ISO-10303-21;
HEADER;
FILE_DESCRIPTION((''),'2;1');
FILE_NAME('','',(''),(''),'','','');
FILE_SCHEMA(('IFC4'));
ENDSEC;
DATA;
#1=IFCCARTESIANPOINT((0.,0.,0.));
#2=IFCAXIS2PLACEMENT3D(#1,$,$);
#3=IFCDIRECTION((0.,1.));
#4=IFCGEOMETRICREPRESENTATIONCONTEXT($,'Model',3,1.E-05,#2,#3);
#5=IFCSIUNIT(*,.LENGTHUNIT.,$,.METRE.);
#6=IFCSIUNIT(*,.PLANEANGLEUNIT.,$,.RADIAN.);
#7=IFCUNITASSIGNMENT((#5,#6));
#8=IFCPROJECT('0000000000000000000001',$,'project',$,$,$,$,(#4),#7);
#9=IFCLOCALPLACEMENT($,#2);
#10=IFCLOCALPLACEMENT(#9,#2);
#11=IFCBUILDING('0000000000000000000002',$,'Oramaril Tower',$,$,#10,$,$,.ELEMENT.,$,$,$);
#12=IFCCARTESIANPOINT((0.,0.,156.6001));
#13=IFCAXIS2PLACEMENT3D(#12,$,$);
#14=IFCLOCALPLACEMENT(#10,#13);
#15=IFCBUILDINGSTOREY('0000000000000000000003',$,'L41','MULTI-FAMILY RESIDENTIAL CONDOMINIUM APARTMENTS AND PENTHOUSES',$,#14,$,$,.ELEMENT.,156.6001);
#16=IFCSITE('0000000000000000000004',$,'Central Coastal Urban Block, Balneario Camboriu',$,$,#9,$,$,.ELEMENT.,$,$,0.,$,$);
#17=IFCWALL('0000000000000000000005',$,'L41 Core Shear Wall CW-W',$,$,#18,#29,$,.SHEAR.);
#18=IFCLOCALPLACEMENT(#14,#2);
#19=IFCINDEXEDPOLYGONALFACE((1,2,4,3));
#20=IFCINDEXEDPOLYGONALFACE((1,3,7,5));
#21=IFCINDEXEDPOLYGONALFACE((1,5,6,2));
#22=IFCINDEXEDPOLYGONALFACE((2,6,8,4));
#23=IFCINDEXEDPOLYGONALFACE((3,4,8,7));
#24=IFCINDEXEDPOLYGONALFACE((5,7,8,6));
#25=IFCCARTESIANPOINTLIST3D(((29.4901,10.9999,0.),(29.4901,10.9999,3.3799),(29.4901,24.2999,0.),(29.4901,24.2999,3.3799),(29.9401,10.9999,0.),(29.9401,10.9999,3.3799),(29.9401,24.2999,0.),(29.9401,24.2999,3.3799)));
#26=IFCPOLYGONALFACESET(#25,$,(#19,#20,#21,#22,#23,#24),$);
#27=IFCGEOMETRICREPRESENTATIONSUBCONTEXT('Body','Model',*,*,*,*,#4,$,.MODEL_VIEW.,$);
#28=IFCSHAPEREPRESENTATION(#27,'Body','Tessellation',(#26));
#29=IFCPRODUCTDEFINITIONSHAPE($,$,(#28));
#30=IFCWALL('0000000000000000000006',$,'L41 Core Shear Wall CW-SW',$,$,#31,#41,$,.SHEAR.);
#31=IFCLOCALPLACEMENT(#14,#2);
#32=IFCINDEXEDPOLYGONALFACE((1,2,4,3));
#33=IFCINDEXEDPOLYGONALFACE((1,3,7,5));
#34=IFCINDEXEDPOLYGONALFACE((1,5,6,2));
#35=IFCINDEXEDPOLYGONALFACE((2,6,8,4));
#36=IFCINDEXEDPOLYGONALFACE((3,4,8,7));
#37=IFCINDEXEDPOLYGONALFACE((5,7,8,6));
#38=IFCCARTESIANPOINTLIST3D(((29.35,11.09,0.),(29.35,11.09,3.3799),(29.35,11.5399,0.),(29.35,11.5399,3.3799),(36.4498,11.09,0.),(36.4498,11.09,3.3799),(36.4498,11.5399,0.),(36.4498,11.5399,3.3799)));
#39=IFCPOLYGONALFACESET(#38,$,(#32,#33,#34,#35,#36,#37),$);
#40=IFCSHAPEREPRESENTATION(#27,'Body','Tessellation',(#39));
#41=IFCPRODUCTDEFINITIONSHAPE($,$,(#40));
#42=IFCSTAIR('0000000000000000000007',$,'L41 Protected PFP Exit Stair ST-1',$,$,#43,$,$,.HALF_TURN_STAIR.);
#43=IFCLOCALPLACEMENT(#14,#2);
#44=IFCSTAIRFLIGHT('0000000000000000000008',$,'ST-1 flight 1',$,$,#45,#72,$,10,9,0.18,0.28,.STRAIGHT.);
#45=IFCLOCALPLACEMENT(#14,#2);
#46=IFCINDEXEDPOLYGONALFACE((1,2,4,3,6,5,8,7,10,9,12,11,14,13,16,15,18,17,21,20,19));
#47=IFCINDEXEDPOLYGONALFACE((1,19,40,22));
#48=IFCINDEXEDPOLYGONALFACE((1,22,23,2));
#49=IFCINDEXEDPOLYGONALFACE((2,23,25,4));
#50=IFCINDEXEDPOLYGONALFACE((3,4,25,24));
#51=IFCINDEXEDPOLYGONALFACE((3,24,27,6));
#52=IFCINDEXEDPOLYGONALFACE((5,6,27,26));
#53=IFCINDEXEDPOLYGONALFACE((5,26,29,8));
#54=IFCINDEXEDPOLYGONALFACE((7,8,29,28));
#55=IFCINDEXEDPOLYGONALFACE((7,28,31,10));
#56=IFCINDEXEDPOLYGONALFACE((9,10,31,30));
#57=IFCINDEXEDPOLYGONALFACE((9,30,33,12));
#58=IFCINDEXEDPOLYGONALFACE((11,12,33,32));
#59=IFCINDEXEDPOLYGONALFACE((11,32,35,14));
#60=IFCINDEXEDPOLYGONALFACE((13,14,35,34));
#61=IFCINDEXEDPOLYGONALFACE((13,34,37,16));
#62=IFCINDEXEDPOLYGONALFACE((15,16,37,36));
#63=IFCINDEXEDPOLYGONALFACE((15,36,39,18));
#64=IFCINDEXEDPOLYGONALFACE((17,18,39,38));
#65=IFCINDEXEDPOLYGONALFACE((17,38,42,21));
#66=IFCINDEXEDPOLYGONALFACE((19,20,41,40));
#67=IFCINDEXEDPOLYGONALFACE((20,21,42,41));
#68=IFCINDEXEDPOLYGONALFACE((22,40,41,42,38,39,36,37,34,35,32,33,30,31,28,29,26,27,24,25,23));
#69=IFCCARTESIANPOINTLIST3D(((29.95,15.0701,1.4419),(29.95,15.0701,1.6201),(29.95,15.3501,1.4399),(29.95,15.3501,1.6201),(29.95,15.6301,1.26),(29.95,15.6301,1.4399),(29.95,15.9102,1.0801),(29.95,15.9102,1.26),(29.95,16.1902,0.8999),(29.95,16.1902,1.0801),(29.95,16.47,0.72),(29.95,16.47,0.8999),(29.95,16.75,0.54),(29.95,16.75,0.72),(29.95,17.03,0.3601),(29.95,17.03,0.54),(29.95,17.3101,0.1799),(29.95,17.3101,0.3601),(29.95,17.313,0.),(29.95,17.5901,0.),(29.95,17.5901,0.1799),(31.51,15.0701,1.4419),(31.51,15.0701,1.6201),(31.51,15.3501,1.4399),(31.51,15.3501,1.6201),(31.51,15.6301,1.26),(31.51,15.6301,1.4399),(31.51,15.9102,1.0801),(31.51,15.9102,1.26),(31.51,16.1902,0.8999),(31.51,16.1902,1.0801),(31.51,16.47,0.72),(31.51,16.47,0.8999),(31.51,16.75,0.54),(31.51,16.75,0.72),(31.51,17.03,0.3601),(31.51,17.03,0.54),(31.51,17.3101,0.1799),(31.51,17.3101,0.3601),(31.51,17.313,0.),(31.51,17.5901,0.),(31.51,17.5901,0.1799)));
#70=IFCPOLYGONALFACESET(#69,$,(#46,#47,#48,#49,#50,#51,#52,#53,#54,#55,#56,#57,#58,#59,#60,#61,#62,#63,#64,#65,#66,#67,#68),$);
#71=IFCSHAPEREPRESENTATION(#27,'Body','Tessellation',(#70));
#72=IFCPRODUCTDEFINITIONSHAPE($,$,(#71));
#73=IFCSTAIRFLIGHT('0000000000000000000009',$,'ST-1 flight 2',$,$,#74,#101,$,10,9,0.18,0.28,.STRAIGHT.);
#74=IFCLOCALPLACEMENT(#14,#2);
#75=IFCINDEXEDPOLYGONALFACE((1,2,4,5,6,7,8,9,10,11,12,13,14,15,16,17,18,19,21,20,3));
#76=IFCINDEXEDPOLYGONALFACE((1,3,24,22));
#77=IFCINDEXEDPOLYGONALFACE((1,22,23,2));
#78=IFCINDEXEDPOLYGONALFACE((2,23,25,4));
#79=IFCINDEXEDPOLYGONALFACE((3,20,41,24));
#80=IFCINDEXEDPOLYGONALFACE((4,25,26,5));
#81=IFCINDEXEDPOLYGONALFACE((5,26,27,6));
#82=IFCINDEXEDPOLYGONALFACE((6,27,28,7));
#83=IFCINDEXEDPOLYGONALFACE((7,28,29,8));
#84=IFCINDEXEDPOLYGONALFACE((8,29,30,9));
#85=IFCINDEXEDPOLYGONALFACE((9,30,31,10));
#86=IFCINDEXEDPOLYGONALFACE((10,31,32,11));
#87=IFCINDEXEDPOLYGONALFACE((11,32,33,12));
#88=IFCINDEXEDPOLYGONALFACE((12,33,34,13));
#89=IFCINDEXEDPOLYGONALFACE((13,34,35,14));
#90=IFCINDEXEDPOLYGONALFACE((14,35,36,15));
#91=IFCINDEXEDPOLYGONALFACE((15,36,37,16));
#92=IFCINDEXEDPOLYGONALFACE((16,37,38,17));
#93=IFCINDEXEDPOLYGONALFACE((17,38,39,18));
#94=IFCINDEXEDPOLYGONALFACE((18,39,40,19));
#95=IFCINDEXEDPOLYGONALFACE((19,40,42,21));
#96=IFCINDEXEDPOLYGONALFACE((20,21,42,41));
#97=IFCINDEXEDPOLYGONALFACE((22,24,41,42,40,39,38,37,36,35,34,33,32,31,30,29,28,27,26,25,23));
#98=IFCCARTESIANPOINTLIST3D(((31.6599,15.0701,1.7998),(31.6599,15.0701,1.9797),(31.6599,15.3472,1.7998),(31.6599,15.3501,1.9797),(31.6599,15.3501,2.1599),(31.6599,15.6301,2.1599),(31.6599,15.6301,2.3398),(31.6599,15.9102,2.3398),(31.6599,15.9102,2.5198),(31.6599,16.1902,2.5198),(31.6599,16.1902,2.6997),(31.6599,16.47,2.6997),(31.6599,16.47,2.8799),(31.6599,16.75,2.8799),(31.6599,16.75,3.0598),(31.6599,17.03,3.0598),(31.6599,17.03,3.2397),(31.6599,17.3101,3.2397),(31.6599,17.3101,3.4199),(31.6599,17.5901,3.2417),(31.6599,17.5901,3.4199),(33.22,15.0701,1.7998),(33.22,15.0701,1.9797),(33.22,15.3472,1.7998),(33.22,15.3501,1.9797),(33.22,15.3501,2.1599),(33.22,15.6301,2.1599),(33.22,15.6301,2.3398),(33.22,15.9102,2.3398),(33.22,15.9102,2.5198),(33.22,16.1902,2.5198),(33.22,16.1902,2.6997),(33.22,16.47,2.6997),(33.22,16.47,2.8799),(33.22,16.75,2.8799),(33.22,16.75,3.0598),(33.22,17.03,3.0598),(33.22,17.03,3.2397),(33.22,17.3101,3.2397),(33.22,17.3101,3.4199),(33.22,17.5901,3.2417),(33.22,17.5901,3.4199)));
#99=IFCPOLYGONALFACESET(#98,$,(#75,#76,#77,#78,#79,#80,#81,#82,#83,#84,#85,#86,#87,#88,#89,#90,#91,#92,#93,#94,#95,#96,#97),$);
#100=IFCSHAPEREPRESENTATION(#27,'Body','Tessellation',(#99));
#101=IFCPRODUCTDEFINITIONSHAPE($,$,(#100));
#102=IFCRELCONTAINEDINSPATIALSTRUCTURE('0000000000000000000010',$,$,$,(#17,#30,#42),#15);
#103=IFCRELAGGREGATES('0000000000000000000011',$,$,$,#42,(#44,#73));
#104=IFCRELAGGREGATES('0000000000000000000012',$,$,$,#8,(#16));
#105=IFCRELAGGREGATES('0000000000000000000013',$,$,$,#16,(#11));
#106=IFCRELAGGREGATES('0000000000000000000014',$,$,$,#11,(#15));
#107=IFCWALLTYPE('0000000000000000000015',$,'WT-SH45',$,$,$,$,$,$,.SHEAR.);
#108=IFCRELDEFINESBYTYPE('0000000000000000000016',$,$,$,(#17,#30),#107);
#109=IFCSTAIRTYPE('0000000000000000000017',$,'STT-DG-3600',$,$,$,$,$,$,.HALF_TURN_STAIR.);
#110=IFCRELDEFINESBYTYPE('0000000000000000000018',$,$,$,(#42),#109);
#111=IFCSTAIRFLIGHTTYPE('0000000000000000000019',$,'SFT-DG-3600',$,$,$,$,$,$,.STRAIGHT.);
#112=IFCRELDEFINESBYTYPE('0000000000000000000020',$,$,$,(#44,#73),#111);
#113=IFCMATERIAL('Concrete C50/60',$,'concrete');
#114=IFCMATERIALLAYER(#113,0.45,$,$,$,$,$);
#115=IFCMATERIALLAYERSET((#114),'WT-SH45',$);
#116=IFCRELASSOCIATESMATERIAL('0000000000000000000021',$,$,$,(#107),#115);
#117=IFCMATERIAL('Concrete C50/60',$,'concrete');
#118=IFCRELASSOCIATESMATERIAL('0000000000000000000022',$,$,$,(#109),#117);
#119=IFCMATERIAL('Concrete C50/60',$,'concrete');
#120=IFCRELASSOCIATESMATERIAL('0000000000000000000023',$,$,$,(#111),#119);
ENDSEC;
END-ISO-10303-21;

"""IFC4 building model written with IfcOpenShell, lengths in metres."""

from ifc_helpers import new_model, si_unit, direction, frame, frame_2d, origin, place, context, subcontext, project, spatial, polyline, rectangle, outline, extrude, material, layer, layer_set, type_object, element, aggregate, save


model = new_model("IFC4")

# Units and contexts
model_context = context("Model", 3, precision=1e-05, world=origin(), true_north=direction((0.0, 1.0)))
body_context = subcontext(model_context, "Body", "Model", "MODEL_VIEW")
ifc_project = project(units=[si_unit("LENGTHUNIT", "METRE"), si_unit("PLANEANGLEUNIT", "RADIAN")], contexts=[model_context])

# Site, building, storey
site_placement = place(None, origin())
site = spatial("IfcSite", under=ifc_project, at=site_placement, Name="Central Coastal Urban Block, Balneario Camboriu", CompositionType="ELEMENT", RefElevation=0.0)
building_placement = place(site_placement, origin())
building = spatial("IfcBuilding", under=site, at=building_placement, Name="Oramaril Tower", CompositionType="ELEMENT")
storey_placement = place(building_placement, frame((0.0, 0.0, 156.6001)))
storey = spatial("IfcBuildingStorey", under=building, at=storey_placement, Name="L41", Description="MULTI-FAMILY RESIDENTIAL CONDOMINIUM APARTMENTS AND PENTHOUSES", CompositionType="ELEMENT", Elevation=156.6001)

# Walls
ifc_material_1 = material(Name="Concrete C50/60", Category="concrete")
ifc_layer_1 = layer(ifc_material_1, 0.45)
ifc_layer_set_1 = layer_set([ifc_layer_1], Name="WT-SH45")
wall_type_1 = type_object("IfcWallType", Name="WT-SH45", PredefinedType="SHEAR", material=ifc_layer_set_1)
wall_1_placement = place(storey_placement, frame((29.7151, 11.0, 0.0), z_axis=(0.0, 0.0, 1.0), x_axis=(0.0, 1.0, 0.0)))
element("IfcWall", 1, at=wall_1_placement, inside=storey, type_object=wall_type_1, Name="L41 Core Shear Wall CW-W", PredefinedType="SHEAR", context=body_context, shape_type="SweptSolid", body=[
    extrude(rectangle(XDim=13.3, YDim=0.45, at=frame_2d((6.6499, 0.0))), origin(), (0.0, 0.0, 1.0), 3.3799),
])
wall_2_placement = place(storey_placement, frame((29.3501, 11.3149, 0.0), z_axis=(0.0, 0.0, 1.0), x_axis=(1.0, 0.0, 0.0)))
element("IfcWall", 2, at=wall_2_placement, inside=storey, type_object=wall_type_1, Name="L41 Core Shear Wall CW-SW", PredefinedType="SHEAR", context=body_context, shape_type="SweptSolid", body=[
    extrude(rectangle(XDim=7.0999, YDim=0.45, at=frame_2d((3.5498, 0.0))), origin(), (0.0, 0.0, 1.0), 3.3799),
])

# Stair, stair flights
ifc_material_2 = material(Name="Concrete C50/60", Category="concrete")
stair_type = type_object("IfcStairType", Name="STT-DG-3600", PredefinedType="HALF_TURN_STAIR", material=ifc_material_2)
stair_placement = place(storey_placement, origin())
stair = element("IfcStair", 3, at=stair_placement, inside=storey, type_object=stair_type, Name="L41 Protected PFP Exit Stair ST-1", PredefinedType="HALF_TURN_STAIR")
ifc_material_3 = material(Name="Concrete C50/60", Category="concrete")
stair_flight_type = type_object("IfcStairFlightType", Name="SFT-DG-3600", PredefinedType="STRAIGHT", material=ifc_material_3)
stair_flight_1_placement = place(storey_placement, frame((30.73, 17.5901, 0.0), z_axis=(0.0, 0.0, 1.0), x_axis=(0.0, -1.0, 0.0)))
stair_flight_1 = element("IfcStairFlight", 4, at=stair_flight_1_placement, type_object=stair_flight_type, Name="ST-1 flight 1", NumberOfRisers=10, NumberOfTreads=9, PredefinedType="STRAIGHT", RiserHeight=0.18, TreadLength=0.28, context=body_context, shape_type="SweptSolid", body=[
    extrude(outline(polyline([(0.0, 0.0), (0.0, 0.1799), (0.28, 0.1799), (0.28, 0.3601), (0.5601, 0.3601), (0.5601, 0.54), (0.8401, 0.54), (0.8401, 0.72), (1.1201, 0.72), (1.1201, 0.8999), (1.3999, 0.8999), (1.3999, 1.0801), (1.6799, 1.0801), (1.6799, 1.26), (1.96, 1.26), (1.96, 1.4399), (2.24, 1.4399), (2.24, 1.6201), (2.52, 1.6201), (2.52, 1.8), (2.52, 1.4419), (0.2771, 0.0), (0.0, 0.0)])), frame((0.0, 0.78, 0.0), z_axis=(0.0, -1.0, 0.0), x_axis=(1.0, 0.0, 0.0)), (0.0, 0.0, 1.0), 1.5601),
])
stair_flight_2_placement = place(storey_placement, frame((32.4399, 15.0701, 1.7998), z_axis=(0.0, 0.0, 1.0), x_axis=(0.0, 1.0, 0.0)))
stair_flight_2 = element("IfcStairFlight", 5, at=stair_flight_2_placement, type_object=stair_flight_type, Name="ST-1 flight 2", NumberOfRisers=10, NumberOfTreads=9, PredefinedType="STRAIGHT", RiserHeight=0.18, TreadLength=0.28, context=body_context, shape_type="SweptSolid", body=[
    extrude(outline(polyline([(0.0, 0.0), (0.0, 0.1799), (0.28, 0.1799), (0.28, 0.3601), (0.5601, 0.3601), (0.5601, 0.54), (0.8401, 0.54), (0.8401, 0.72), (1.1201, 0.72), (1.1201, 0.8999), (1.3999, 0.8999), (1.3999, 1.0801), (1.6799, 1.0801), (1.6799, 1.26), (1.96, 1.26), (1.96, 1.4399), (2.24, 1.4399), (2.24, 1.6201), (2.52, 1.6201), (2.52, 1.8), (2.52, 1.4419), (0.2771, 0.0), (0.0, 0.0)])), frame((0.0, 0.78, 0.0), z_axis=(0.0, -1.0, 0.0), x_axis=(1.0, 0.0, 0.0)), (0.0, 0.0, 1.0), 1.5601),
])
aggregate(stair, [stair_flight_1, stair_flight_2])

save(model, "model.ifc")
